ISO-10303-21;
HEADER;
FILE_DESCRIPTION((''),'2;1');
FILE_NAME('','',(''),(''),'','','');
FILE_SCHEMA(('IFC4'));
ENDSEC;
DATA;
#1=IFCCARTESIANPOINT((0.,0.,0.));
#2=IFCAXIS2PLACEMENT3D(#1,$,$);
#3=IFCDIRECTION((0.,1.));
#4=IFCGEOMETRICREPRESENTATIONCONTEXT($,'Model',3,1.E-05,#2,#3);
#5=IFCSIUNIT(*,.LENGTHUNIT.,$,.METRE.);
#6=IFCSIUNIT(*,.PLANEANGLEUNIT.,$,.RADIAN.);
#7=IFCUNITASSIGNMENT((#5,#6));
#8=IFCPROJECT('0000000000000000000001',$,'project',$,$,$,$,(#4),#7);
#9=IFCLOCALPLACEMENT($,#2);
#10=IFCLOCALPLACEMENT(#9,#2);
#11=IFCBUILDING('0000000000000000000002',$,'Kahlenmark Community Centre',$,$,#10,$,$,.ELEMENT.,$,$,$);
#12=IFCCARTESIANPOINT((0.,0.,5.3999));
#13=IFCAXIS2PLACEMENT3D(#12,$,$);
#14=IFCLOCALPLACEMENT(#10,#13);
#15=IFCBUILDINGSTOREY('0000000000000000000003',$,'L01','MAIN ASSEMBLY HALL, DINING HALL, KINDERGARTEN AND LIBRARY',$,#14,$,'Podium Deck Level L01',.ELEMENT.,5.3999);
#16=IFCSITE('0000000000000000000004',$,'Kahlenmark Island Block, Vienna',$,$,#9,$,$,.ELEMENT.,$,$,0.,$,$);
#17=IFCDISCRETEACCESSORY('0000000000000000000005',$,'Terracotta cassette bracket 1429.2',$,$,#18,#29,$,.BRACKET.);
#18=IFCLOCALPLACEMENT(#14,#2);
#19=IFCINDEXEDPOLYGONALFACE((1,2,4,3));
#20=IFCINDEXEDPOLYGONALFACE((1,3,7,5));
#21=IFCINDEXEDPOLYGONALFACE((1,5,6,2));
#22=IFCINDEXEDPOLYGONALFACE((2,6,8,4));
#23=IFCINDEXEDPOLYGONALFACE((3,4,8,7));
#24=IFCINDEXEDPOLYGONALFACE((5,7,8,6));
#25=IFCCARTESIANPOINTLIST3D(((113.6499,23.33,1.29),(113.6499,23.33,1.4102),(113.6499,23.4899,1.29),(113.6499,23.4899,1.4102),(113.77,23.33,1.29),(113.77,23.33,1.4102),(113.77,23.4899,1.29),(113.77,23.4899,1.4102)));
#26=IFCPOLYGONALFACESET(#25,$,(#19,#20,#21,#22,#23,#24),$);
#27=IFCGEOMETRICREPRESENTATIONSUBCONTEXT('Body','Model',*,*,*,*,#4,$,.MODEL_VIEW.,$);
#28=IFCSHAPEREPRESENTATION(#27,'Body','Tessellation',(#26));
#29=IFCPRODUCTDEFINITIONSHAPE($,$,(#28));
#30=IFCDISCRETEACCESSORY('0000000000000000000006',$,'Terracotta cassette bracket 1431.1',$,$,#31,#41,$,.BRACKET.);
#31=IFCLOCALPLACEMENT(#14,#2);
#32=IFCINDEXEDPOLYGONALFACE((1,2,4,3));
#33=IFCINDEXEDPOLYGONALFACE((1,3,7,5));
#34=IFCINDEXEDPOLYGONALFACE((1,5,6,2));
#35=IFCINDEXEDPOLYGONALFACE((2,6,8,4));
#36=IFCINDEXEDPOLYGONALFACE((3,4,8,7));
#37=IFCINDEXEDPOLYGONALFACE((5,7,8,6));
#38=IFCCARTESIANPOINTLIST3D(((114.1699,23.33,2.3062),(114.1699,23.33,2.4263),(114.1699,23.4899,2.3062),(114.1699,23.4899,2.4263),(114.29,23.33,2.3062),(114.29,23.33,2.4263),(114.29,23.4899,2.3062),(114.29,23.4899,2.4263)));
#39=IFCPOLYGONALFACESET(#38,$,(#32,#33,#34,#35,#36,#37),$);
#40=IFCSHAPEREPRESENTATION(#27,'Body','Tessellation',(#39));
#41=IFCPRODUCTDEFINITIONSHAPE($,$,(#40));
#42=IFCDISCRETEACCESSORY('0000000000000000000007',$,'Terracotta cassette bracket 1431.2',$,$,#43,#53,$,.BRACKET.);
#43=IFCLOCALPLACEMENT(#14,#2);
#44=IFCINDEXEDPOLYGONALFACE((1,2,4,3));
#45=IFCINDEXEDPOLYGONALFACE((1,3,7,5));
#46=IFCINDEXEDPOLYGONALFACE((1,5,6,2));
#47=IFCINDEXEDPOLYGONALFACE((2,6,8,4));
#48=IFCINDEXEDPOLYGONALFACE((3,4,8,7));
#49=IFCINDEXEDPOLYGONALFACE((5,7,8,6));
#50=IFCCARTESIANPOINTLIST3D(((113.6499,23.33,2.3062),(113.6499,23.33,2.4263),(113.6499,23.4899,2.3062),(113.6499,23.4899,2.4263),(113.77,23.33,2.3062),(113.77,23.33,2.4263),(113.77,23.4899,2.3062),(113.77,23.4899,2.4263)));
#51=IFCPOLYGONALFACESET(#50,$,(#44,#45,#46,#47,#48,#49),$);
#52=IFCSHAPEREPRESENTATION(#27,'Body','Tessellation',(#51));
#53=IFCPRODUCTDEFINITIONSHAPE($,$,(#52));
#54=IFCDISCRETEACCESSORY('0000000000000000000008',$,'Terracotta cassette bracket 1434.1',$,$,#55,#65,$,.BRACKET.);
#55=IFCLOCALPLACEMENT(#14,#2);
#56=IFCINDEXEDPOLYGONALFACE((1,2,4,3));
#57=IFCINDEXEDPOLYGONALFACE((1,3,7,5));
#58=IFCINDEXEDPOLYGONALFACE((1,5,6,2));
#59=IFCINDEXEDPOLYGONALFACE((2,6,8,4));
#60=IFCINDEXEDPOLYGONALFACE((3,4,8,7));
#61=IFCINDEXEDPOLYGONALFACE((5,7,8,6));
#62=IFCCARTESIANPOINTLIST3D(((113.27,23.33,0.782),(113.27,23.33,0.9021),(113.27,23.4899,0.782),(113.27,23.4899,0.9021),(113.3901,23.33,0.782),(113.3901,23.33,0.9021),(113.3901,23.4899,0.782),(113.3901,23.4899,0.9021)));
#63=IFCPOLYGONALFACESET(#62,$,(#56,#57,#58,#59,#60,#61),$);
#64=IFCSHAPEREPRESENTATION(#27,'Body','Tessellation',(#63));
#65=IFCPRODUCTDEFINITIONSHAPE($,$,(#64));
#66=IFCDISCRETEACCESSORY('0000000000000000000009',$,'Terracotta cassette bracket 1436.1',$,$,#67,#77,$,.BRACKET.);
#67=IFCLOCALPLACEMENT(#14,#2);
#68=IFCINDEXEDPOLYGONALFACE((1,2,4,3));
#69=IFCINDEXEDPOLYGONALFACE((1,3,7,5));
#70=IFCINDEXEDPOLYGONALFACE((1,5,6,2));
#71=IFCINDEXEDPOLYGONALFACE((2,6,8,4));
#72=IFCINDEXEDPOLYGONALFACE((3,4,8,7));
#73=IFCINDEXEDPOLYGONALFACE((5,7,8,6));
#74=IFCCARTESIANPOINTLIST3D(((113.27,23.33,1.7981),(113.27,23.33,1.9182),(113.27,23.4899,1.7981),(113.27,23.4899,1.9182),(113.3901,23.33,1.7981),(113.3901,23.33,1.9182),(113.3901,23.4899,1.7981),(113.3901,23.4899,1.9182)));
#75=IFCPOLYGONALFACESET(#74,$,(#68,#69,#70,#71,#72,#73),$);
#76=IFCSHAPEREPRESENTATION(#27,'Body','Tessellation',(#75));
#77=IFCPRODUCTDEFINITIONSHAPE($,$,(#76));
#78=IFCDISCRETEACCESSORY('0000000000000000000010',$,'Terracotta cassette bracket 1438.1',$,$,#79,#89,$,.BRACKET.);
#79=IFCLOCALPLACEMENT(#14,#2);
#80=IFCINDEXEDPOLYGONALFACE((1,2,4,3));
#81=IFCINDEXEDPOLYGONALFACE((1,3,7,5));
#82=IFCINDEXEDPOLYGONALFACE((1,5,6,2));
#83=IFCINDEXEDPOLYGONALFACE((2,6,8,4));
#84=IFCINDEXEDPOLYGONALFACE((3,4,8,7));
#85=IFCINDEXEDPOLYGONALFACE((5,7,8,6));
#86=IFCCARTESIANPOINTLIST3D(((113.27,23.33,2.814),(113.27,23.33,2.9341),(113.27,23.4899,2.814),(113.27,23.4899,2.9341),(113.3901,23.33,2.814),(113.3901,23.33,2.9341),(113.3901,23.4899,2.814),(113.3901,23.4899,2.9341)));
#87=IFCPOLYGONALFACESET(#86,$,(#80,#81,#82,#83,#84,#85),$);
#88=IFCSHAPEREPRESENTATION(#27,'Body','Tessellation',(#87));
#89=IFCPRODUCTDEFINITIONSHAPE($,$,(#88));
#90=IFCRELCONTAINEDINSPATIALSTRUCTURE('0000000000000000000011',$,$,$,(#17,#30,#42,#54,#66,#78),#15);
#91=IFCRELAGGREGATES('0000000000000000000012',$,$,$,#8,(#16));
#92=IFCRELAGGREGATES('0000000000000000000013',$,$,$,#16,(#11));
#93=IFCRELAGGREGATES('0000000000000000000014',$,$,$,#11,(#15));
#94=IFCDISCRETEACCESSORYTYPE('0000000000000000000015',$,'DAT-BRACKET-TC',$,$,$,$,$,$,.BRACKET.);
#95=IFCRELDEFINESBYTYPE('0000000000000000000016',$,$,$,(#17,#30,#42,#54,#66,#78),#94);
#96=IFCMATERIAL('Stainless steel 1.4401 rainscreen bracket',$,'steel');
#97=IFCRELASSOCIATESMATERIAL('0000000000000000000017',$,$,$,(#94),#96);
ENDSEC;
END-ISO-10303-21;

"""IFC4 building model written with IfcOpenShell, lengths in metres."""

from ifc_helpers import new_model, si_unit, direction, frame, origin, origin_2d, place, context, subcontext, project, spatial, rectangle, extrude, material, type_object, element, save


model = new_model("IFC4")

# Units and contexts
model_context = context("Model", 3, precision=1e-05, world=origin(), true_north=direction((0.0, 1.0)))
body_context = subcontext(model_context, "Body", "Model", "MODEL_VIEW")
ifc_project = project(units=[si_unit("LENGTHUNIT", "METRE"), si_unit("PLANEANGLEUNIT", "RADIAN")], contexts=[model_context])

# Site, building, storey
site_placement = place(None, origin())
site = spatial("IfcSite", under=ifc_project, at=site_placement, Name="Kahlenmark Island Block, Vienna", CompositionType="ELEMENT", RefElevation=0.0)
building_placement = place(site_placement, origin())
building = spatial("IfcBuilding", under=site, at=building_placement, Name="Kahlenmark Community Centre", CompositionType="ELEMENT")
storey_placement = place(building_placement, frame((0.0, 0.0, 5.3999)))
storey = spatial("IfcBuildingStorey", under=building, at=storey_placement, Name="L01", Description="MAIN ASSEMBLY HALL, DINING HALL, KINDERGARTEN AND LIBRARY", LongName="Podium Deck Level L01", CompositionType="ELEMENT", Elevation=5.3999)

# Discrete accessories
ifc_material_1 = material(Name="Stainless steel 1.4401 rainscreen bracket", Category="steel")
discrete_accessory_type = type_object("IfcDiscreteAccessoryType", Name="DAT-BRACKET-TC", PredefinedType="BRACKET", material=ifc_material_1)
for number, where, z_axis, x_axis, name in (
    (1, (113.71, 23.4099, 1.29), (0.0, 0.0, 1.0), (-1.0, 0.0, 0.0), "Terracotta cassette bracket 1429.2"),
    (2, (114.23, 23.4099, 2.3062), (0.0, 0.0, 1.0), (-1.0, 0.0, 0.0), "Terracotta cassette bracket 1431.1"),
    (3, (113.71, 23.4099, 2.3062), (0.0, 0.0, 1.0), (-1.0, 0.0, 0.0), "Terracotta cassette bracket 1431.2"),
    (4, (113.3301, 23.4099, 0.782), (0.0, 0.0, 1.0), (-1.0, 0.0, 0.0), "Terracotta cassette bracket 1434.1"),
    (5, (113.3301, 23.4099, 1.7981), (0.0, 0.0, 1.0), (-1.0, 0.0, 0.0), "Terracotta cassette bracket 1436.1"),
    (6, (113.3301, 23.4099, 2.814), (0.0, 0.0, 1.0), (-1.0, 0.0, 0.0), "Terracotta cassette bracket 1438.1"),
):
    element("IfcDiscreteAccessory", number, at=place(storey_placement, frame(where, z_axis=z_axis, x_axis=x_axis)), inside=storey, type_object=discrete_accessory_type, Name=name, PredefinedType="BRACKET", context=body_context, shape_type="SweptSolid", body=[
        extrude(rectangle(XDim=0.1201, YDim=0.1599, at=origin_2d()), origin(), (0.0, 0.0, 1.0), 0.1201),
    ])

save(model, "model.ifc")
